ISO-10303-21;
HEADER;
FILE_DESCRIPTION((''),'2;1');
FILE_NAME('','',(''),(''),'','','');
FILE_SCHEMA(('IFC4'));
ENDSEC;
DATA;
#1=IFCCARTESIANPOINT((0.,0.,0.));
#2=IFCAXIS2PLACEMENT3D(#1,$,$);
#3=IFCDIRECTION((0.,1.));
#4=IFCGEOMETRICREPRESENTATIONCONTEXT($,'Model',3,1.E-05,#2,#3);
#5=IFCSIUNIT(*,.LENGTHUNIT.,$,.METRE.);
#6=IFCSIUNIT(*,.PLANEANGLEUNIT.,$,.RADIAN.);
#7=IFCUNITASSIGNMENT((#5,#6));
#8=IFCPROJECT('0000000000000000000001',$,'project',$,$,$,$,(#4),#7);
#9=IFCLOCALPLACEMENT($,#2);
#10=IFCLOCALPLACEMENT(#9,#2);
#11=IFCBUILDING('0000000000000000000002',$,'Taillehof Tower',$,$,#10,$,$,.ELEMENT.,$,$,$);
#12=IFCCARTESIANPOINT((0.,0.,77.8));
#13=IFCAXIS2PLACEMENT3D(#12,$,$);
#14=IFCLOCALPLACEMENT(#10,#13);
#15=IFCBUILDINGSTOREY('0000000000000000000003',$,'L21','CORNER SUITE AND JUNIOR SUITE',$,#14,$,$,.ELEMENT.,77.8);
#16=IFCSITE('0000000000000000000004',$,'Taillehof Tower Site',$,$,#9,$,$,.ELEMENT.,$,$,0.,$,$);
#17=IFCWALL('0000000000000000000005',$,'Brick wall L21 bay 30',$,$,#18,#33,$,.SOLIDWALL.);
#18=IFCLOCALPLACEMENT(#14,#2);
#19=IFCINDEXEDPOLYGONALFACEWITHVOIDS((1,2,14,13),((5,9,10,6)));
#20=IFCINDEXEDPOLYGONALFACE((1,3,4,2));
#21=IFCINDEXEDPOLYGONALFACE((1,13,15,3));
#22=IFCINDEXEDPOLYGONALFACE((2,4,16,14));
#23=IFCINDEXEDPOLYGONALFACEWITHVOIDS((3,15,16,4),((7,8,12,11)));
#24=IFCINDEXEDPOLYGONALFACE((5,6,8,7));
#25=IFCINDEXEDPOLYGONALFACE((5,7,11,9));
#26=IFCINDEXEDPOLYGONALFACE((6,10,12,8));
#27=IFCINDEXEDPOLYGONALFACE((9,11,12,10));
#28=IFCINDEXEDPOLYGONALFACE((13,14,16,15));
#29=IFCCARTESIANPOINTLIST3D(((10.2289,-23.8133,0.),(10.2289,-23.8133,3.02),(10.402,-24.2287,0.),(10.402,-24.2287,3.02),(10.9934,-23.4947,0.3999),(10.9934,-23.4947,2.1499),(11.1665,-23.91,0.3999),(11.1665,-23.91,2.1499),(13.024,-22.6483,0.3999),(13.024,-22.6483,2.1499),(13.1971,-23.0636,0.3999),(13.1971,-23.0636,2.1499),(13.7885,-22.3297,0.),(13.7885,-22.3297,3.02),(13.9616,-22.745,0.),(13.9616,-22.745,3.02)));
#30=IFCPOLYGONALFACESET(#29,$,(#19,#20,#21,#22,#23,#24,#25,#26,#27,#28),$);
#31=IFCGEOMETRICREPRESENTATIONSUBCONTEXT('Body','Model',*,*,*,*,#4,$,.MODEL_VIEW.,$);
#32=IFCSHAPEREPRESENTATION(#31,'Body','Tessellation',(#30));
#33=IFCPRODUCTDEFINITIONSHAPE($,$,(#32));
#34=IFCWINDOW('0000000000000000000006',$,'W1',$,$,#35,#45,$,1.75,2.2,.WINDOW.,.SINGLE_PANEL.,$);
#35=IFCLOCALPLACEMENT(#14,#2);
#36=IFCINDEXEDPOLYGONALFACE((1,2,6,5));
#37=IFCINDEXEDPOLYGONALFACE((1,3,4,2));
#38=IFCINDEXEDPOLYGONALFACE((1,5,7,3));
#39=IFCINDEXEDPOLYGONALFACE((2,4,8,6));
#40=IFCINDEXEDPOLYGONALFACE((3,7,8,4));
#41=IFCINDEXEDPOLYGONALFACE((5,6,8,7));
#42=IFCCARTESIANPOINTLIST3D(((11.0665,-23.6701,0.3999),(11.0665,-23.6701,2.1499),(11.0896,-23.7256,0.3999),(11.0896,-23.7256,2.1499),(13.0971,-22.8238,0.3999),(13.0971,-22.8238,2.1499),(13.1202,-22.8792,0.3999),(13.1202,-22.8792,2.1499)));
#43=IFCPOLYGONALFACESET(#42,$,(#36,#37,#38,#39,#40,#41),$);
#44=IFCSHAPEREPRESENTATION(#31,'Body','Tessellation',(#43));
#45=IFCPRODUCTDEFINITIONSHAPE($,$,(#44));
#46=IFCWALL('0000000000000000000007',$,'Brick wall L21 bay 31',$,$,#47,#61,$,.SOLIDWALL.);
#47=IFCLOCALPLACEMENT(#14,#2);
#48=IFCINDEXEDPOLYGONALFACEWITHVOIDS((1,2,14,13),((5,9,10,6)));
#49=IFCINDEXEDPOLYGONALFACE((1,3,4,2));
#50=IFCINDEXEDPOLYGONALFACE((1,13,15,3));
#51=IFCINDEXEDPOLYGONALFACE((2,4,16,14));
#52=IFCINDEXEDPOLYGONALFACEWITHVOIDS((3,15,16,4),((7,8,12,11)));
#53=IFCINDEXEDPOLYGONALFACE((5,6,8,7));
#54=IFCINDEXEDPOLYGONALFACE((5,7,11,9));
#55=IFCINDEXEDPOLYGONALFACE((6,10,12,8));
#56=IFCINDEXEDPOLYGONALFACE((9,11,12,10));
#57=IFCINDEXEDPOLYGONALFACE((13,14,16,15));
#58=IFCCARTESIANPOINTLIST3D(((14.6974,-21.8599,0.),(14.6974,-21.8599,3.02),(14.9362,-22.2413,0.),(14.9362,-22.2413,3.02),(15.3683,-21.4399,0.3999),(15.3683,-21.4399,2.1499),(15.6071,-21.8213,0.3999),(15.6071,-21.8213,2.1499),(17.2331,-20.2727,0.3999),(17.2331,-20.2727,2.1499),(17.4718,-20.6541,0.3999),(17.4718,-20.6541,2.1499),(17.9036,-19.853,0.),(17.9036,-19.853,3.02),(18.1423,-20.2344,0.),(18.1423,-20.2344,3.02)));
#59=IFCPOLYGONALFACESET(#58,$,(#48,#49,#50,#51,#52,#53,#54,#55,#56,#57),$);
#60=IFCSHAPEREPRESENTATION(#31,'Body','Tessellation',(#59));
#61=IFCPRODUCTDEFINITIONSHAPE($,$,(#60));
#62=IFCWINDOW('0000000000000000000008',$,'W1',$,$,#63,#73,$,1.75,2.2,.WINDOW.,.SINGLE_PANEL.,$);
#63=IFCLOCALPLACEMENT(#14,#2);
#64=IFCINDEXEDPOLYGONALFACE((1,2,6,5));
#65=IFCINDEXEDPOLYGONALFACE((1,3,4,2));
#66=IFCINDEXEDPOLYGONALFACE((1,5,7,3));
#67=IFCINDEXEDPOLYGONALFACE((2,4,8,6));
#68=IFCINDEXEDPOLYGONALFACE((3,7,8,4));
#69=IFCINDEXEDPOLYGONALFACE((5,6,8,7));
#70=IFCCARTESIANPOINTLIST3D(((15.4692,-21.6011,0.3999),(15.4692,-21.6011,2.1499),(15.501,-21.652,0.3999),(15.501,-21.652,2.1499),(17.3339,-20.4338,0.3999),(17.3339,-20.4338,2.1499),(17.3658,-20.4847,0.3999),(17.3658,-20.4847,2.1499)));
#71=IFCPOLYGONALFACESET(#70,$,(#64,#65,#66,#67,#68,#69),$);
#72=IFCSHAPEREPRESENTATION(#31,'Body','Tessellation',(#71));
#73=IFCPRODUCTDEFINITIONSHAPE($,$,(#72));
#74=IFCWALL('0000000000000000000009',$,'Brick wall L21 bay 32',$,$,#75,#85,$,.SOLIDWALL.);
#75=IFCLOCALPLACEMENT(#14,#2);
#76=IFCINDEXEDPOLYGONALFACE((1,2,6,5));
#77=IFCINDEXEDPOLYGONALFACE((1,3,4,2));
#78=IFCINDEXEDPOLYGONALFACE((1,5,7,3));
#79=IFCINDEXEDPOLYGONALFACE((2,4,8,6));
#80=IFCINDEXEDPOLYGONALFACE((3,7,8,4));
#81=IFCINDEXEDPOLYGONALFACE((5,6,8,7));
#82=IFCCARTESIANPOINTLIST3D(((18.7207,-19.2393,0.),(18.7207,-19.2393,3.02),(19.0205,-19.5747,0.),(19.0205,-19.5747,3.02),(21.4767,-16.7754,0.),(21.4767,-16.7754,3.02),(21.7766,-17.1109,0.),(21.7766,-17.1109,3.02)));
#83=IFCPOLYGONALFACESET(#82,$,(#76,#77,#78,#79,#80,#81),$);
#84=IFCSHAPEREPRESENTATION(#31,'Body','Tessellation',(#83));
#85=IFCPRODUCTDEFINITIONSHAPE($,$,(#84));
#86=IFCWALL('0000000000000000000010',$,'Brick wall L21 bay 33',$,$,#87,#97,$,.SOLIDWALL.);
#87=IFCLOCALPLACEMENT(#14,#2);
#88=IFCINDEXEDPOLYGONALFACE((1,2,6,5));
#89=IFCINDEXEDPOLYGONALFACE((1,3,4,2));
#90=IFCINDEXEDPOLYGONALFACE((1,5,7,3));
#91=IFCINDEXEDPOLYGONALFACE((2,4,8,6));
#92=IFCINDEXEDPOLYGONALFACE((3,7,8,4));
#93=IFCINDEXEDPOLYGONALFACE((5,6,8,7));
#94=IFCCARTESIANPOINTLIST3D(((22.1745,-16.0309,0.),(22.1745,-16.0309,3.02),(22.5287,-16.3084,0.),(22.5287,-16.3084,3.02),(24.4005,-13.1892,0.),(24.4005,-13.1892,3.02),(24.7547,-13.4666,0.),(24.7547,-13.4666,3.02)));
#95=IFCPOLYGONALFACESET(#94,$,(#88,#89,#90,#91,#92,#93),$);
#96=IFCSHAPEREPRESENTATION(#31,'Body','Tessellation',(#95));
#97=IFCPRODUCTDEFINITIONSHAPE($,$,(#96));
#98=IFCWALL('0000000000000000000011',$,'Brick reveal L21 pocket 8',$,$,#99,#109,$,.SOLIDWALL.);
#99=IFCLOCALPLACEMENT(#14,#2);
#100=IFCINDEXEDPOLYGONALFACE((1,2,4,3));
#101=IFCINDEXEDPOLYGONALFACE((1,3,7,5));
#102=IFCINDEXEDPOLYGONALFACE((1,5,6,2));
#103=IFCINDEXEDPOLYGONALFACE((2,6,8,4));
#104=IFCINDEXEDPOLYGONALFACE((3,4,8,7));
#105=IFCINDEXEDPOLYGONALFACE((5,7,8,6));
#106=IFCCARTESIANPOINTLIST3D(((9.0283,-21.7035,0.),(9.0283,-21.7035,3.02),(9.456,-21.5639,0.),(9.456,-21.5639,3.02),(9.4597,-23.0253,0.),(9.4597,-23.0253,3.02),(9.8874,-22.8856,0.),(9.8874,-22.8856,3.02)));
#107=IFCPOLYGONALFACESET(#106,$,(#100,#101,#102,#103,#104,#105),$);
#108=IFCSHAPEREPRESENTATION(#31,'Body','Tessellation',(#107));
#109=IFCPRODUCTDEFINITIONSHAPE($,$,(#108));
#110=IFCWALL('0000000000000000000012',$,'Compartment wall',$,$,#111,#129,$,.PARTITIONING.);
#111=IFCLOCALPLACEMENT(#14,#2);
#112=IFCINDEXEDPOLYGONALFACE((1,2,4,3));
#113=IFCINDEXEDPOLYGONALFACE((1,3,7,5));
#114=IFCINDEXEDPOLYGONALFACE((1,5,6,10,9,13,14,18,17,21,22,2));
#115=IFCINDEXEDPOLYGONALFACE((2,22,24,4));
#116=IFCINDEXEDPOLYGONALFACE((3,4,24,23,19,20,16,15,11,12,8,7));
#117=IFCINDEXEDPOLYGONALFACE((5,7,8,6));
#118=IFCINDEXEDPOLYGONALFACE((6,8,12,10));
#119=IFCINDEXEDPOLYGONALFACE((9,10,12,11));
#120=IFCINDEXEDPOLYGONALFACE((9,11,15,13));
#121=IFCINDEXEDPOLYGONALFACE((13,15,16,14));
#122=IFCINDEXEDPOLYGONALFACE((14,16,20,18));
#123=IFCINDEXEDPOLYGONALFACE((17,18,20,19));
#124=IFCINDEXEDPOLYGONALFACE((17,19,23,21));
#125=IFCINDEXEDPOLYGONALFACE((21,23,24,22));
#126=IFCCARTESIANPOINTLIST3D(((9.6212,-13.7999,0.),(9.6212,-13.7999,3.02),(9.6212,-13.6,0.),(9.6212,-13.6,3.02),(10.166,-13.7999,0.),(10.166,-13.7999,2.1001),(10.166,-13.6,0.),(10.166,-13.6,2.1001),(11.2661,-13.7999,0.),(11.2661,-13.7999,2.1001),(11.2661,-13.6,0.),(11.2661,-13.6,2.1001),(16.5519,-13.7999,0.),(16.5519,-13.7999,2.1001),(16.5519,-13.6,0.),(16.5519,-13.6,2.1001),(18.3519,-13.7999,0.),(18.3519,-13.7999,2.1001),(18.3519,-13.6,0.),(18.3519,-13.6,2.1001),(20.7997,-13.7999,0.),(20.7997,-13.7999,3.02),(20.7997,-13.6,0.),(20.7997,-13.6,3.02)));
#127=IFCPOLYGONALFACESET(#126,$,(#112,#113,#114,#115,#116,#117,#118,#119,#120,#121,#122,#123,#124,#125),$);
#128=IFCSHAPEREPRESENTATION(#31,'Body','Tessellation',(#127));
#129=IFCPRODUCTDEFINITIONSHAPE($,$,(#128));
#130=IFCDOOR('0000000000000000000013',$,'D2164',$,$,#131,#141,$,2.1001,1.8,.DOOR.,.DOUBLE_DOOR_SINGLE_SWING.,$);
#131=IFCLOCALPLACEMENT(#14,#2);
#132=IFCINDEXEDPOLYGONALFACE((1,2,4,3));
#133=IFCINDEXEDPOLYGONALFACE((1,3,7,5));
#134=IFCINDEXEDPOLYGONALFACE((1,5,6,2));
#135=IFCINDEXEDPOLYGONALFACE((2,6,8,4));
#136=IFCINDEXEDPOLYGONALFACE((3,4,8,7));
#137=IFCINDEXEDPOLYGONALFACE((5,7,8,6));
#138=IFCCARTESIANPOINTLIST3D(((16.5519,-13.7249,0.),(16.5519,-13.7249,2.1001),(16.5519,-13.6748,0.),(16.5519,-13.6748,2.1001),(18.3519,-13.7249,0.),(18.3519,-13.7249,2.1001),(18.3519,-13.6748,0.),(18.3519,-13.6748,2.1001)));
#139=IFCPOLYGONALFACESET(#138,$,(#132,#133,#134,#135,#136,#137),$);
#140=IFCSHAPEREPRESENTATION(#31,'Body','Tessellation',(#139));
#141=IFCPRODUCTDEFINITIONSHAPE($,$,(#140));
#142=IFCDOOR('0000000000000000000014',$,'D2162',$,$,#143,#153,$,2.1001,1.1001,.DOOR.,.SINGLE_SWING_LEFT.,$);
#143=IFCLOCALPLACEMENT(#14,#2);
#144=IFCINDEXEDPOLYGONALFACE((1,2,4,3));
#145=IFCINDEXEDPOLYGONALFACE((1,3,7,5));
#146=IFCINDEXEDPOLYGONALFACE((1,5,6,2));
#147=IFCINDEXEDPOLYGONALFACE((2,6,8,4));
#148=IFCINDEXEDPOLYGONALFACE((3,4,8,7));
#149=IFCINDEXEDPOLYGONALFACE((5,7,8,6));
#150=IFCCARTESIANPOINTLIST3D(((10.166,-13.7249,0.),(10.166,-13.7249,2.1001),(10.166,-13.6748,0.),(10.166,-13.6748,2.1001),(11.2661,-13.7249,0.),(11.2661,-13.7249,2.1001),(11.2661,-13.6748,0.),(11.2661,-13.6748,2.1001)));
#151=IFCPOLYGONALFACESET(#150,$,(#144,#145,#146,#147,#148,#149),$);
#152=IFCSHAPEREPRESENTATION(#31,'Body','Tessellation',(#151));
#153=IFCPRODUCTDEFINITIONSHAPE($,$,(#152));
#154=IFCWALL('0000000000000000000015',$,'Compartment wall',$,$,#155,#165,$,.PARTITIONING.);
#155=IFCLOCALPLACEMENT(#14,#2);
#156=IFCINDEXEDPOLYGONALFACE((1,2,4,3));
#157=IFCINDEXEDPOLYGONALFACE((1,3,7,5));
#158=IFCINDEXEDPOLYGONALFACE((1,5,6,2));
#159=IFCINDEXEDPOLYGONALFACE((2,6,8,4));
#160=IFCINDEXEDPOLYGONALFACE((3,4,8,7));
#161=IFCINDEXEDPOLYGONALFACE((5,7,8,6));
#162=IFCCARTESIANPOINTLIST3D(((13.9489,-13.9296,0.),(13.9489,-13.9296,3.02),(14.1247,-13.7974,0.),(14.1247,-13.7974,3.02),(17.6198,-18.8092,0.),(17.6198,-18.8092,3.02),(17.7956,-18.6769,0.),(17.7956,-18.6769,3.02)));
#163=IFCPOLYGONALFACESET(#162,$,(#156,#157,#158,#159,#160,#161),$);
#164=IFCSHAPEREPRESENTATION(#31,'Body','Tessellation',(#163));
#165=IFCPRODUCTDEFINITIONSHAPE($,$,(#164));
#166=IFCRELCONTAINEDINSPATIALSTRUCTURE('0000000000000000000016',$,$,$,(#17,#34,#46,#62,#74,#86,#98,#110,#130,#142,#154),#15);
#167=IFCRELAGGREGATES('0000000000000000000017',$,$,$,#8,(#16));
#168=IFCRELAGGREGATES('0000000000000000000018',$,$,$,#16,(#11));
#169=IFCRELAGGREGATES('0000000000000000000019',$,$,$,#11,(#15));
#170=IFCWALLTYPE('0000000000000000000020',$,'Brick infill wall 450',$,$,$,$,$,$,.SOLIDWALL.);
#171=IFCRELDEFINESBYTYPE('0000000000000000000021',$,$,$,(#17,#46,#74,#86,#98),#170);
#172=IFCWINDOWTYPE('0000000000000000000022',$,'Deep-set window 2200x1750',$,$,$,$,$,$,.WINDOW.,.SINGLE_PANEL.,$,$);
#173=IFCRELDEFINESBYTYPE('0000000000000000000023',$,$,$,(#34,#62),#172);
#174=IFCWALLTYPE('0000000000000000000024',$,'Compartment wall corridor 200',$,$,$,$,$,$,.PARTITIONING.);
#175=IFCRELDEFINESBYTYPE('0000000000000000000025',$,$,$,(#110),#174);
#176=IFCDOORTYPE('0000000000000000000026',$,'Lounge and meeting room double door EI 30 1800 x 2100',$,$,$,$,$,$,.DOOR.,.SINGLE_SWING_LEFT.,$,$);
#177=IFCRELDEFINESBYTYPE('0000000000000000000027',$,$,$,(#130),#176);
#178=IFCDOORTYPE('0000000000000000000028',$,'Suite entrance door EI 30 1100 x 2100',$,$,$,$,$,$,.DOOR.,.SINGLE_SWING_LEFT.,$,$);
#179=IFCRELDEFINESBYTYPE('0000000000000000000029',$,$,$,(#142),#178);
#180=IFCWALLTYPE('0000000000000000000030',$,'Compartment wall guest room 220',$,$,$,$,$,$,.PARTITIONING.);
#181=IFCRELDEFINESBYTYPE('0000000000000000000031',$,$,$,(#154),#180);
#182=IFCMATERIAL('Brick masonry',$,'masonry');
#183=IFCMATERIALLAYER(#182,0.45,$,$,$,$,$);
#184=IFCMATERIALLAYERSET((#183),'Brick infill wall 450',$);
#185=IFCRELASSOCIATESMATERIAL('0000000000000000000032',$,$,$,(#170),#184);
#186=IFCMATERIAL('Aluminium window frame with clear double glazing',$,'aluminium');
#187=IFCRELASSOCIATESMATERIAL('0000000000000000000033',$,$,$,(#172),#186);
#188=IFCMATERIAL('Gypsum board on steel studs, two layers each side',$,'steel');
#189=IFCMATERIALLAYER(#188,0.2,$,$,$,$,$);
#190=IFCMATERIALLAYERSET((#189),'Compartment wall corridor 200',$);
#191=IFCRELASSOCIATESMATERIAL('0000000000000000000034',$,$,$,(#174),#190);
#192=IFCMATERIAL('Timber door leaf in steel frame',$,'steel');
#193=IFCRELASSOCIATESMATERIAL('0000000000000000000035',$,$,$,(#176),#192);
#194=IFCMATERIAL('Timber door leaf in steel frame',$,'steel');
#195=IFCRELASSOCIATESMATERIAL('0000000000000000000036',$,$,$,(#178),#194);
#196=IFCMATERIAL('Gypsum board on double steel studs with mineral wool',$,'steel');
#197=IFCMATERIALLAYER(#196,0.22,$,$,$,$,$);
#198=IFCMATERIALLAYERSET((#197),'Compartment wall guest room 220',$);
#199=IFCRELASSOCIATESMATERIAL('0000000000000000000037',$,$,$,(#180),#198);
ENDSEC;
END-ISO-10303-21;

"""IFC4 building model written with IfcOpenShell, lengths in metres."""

from ifc_helpers import new_model, si_unit, direction, frame, frame_2d, origin, place, context, subcontext, project, spatial, rectangle, extrude, material, layer, layer_set, type_object, element, fill, save


model = new_model("IFC4")

# Units and contexts
model_context = context("Model", 3, precision=1e-05, world=origin(), true_north=direction((0.0, 1.0)))
body_context = subcontext(model_context, "Body", "Model", "MODEL_VIEW")
ifc_project = project(units=[si_unit("LENGTHUNIT", "METRE"), si_unit("PLANEANGLEUNIT", "RADIAN")], contexts=[model_context])

# Site, building, storey
site_placement = place(None, origin())
site = spatial("IfcSite", under=ifc_project, at=site_placement, Name="Taillehof Tower Site", CompositionType="ELEMENT", RefElevation=0.0)
building_placement = place(site_placement, origin())
building = spatial("IfcBuilding", under=site, at=building_placement, Name="Taillehof Tower", CompositionType="ELEMENT")
storey_placement = place(building_placement, frame((0.0, 0.0, 77.8)))
storey = spatial("IfcBuildingStorey", under=building, at=storey_placement, Name="L21", Description="CORNER SUITE AND JUNIOR SUITE", CompositionType="ELEMENT", Elevation=77.8)

# Walls, openings, windows
ifc_material_1 = material(Name="Brick masonry", Category="masonry")
ifc_layer_1 = layer(ifc_material_1, 0.45)
ifc_layer_set_1 = layer_set([ifc_layer_1], Name="Brick infill wall 450")
wall_type_1 = type_object("IfcWallType", Name="Brick infill wall 450", PredefinedType="SOLIDWALL", material=ifc_layer_set_1)
wall_1_placement = place(storey_placement, frame((10.3154, -24.021, 0.0), z_axis=(0.0, 0.0, 1.0), x_axis=(0.923032, 0.384723, 0.0)))
wall_1 = element("IfcWall", 1, at=wall_1_placement, inside=storey, type_object=wall_type_1, Name="Brick wall L21 bay 30", PredefinedType="SOLIDWALL", context=body_context, shape_type="SweptSolid", body=[
    extrude(rectangle(XDim=3.8564, YDim=0.45, at=frame_2d((1.9282, 0.0))), origin(), (0.0, 0.0, 1.0), 3.02),
])
opening_1_placement = place(wall_1_placement, frame((0.8281, 0.0, 0.3999)))
opening_1 = element("IfcOpeningElement", 2, at=opening_1_placement, cuts=wall_1, PredefinedType="OPENING", context=body_context, shape_type="SweptSolid", body=[
    extrude(rectangle(XDim=2.2, YDim=1.75, at=frame_2d((1.1001, 0.875))), frame((0.0, 0.2349, 0.0), z_axis=(0.0, -1.0, 0.0), x_axis=(1.0, 0.0, 0.0)), (0.0, 0.0, 1.0), 0.47),
])
ifc_material_2 = material(Name="Aluminium window frame with clear double glazing", Category="aluminium")
window_type = type_object("IfcWindowType", Name="Deep-set window 2200x1750", PartitioningType="SINGLE_PANEL", PredefinedType="WINDOW", material=ifc_material_2)
window_1_placement = place(opening_1_placement, origin())
window_1 = element("IfcWindow", 3, at=window_1_placement, inside=storey, type_object=window_type, Name="W1", OverallHeight=1.75, OverallWidth=2.2, PartitioningType="SINGLE_PANEL", PredefinedType="WINDOW", context=body_context, shape_type="SweptSolid", body=[
    extrude(rectangle(XDim=2.2, YDim=1.75, at=frame_2d((1.1001, 0.875))), frame((0.0, 0.0349, 0.0), z_axis=(0.0, -1.0, 0.0), x_axis=(1.0, 0.0, 0.0)), (0.0, 0.0, 1.0), 0.0601),
])
fill(opening_1, window_1)
wall_2_placement = place(storey_placement, frame((14.8169, -22.0505, 0.0), z_axis=(0.0, 0.0, 1.0), x_axis=(0.847635, 0.530579, 0.0)))
wall_2 = element("IfcWall", 4, at=wall_2_placement, inside=storey, type_object=wall_type_1, Name="Brick wall L21 bay 31", PredefinedType="SOLIDWALL", context=body_context, shape_type="SweptSolid", body=[
    extrude(rectangle(XDim=3.7825, YDim=0.45, at=frame_2d((1.8911, 0.0))), origin(), (0.0, 0.0, 1.0), 3.02),
])
opening_2_placement = place(wall_2_placement, frame((0.7913, 0.0, 0.3999)))
opening_2 = element("IfcOpeningElement", 5, at=opening_2_placement, cuts=wall_2, PredefinedType="OPENING", context=body_context, shape_type="SweptSolid", body=[
    extrude(rectangle(XDim=2.2, YDim=1.75, at=frame_2d((1.1001, 0.875))), frame((0.0, 0.2349, 0.0), z_axis=(0.0, -1.0, 0.0), x_axis=(1.0, 0.0, 0.0)), (0.0, 0.0, 1.0), 0.47),
])
window_2_placement = place(opening_2_placement, origin())
window_2 = element("IfcWindow", 6, at=window_2_placement, inside=storey, type_object=window_type, Name="W1", OverallHeight=1.75, OverallWidth=2.2, PartitioningType="SINGLE_PANEL", PredefinedType="WINDOW", context=body_context, shape_type="SweptSolid", body=[
    extrude(rectangle(XDim=2.2, YDim=1.75, at=frame_2d((1.1001, 0.875))), frame((0.0, 0.0349, 0.0), z_axis=(0.0, -1.0, 0.0), x_axis=(1.0, 0.0, 0.0)), (0.0, 0.0, 1.0), 0.0601),
])
fill(opening_2, window_2)

# Walls
wall_3_placement = place(storey_placement, frame((18.8706, -19.407, 0.0), z_axis=(0.0, 0.0, 1.0), x_axis=(0.745526, 0.666476, 0.0)))
element("IfcWall", 7, at=wall_3_placement, inside=storey, type_object=wall_type_1, Name="Brick wall L21 bay 32", PredefinedType="SOLIDWALL", context=body_context, shape_type="SweptSolid", body=[
    extrude(rectangle(XDim=3.6968, YDim=0.45, at=frame_2d((1.8484, 0.0))), origin(), (0.0, 0.0, 1.0), 3.02),
])
wall_4_placement = place(storey_placement, frame((22.3516, -16.1697, 0.0), z_axis=(0.0, 0.0, 1.0), x_axis=(0.616662, 0.787228, 0.0)))
element("IfcWall", 8, at=wall_4_placement, inside=storey, type_object=wall_type_1, Name="Brick wall L21 bay 33", PredefinedType="SOLIDWALL", context=body_context, shape_type="SweptSolid", body=[
    extrude(rectangle(XDim=3.6099, YDim=0.45, at=frame_2d((1.8049, 0.0))), origin(), (0.0, 0.0, 1.0), 3.02),
])
wall_5_placement = place(storey_placement, frame((9.6736, -22.9556, 0.0), z_axis=(0.0, 0.0, 1.0), x_axis=(-0.310269, 0.950649, 0.0)))
element("IfcWall", 9, at=wall_5_placement, inside=storey, type_object=wall_type_1, Name="Brick reveal L21 pocket 8", PredefinedType="SOLIDWALL", context=body_context, shape_type="SweptSolid", body=[
    extrude(rectangle(XDim=1.3904, YDim=0.45, at=frame_2d((0.6953, 0.0))), origin(), (0.0, 0.0, 1.0), 3.02),
])

# Wall, openings, doors
ifc_material_3 = material(Name="Gypsum board on steel studs, two layers each side", Category="steel")
ifc_layer_2 = layer(ifc_material_3, 0.2)
ifc_layer_set_2 = layer_set([ifc_layer_2], Name="Compartment wall corridor 200")
wall_type_2 = type_object("IfcWallType", Name="Compartment wall corridor 200", PredefinedType="PARTITIONING", material=ifc_layer_set_2)
wall_6_placement = place(storey_placement, frame((20.7998, -13.7, 0.0), z_axis=(0.0, 0.0, 1.0), x_axis=(-1.0, 0.0, 0.0)))
wall_6 = element("IfcWall", 10, at=wall_6_placement, inside=storey, type_object=wall_type_2, Name="Compartment wall", PredefinedType="PARTITIONING", context=body_context, shape_type="SweptSolid", body=[
    extrude(rectangle(XDim=11.1785, YDim=0.2, at=frame_2d((5.5894, 0.0))), origin(), (0.0, 0.0, 1.0), 3.02),
])
opening_3_placement = place(wall_6_placement, frame((9.5337, 0.0, 0.0)))
opening_3 = element("IfcOpeningElement", 11, at=opening_3_placement, cuts=wall_6, PredefinedType="OPENING", context=body_context, shape_type="SweptSolid", body=[
    extrude(rectangle(XDim=1.1001, YDim=2.1001, at=frame_2d((0.55, 1.05))), frame((0.0, 0.1099, 0.0), z_axis=(0.0, -1.0, 0.0), x_axis=(1.0, 0.0, 0.0)), (0.0, 0.0, 1.0), 0.22),
])
opening_4_placement = place(wall_6_placement, frame((2.448, 0.0, 0.0)))
opening_4 = element("IfcOpeningElement", 12, at=opening_4_placement, cuts=wall_6, PredefinedType="OPENING", context=body_context, shape_type="SweptSolid", body=[
    extrude(rectangle(XDim=1.8, YDim=2.1001, at=frame_2d((0.8999, 1.05))), frame((0.0, 0.1099, 0.0), z_axis=(0.0, -1.0, 0.0), x_axis=(1.0, 0.0, 0.0)), (0.0, 0.0, 1.0), 0.22),
])
ifc_material_4 = material(Name="Timber door leaf in steel frame", Category="steel")
door_type_1 = type_object("IfcDoorType", Name="Lounge and meeting room double door EI 30 1800 x 2100", OperationType="SINGLE_SWING_LEFT", PredefinedType="DOOR", material=ifc_material_4)
door_1_placement = place(opening_4_placement, origin())
door_1 = element("IfcDoor", 13, at=door_1_placement, inside=storey, type_object=door_type_1, Name="D2164", OperationType="DOUBLE_DOOR_SINGLE_SWING", OverallHeight=2.1001, OverallWidth=1.8, PredefinedType="DOOR", context=body_context, shape_type="SweptSolid", body=[
    extrude(rectangle(XDim=1.8, YDim=2.1001, at=frame_2d((0.8999, 1.05))), frame((0.0, 0.0249, 0.0), z_axis=(0.0, -1.0, 0.0), x_axis=(1.0, 0.0, 0.0)), (0.0, 0.0, 1.0), 0.05),
])
fill(opening_4, door_1)
ifc_material_5 = material(Name="Timber door leaf in steel frame", Category="steel")
door_type_2 = type_object("IfcDoorType", Name="Suite entrance door EI 30 1100 x 2100", OperationType="SINGLE_SWING_LEFT", PredefinedType="DOOR", material=ifc_material_5)
door_2_placement = place(opening_3_placement, origin())
door_2 = element("IfcDoor", 14, at=door_2_placement, inside=storey, type_object=door_type_2, Name="D2162", OperationType="SINGLE_SWING_LEFT", OverallHeight=2.1001, OverallWidth=1.1001, PredefinedType="DOOR", context=body_context, shape_type="SweptSolid", body=[
    extrude(rectangle(XDim=1.1001, YDim=2.1001, at=frame_2d((0.55, 1.05))), frame((0.0, 0.0249, 0.0), z_axis=(0.0, -1.0, 0.0), x_axis=(1.0, 0.0, 0.0)), (0.0, 0.0, 1.0), 0.05),
])
fill(opening_3, door_2)

# Wall
ifc_material_6 = material(Name="Gypsum board on double steel studs with mineral wool", Category="steel")
ifc_layer_3 = layer(ifc_material_6, 0.22)
ifc_layer_set_3 = layer_set([ifc_layer_3], Name="Compartment wall guest room 220")
wall_type_3 = type_object("IfcWallType", Name="Compartment wall guest room 220", PredefinedType="PARTITIONING", material=ifc_layer_set_3)
wall_7_placement = place(storey_placement, frame((17.7078, -18.7432, 0.0), z_axis=(0.0, 0.0, 1.0), x_axis=(-0.60117, 0.799121, 0.0)))
element("IfcWall", 15, at=wall_7_placement, inside=storey, type_object=wall_type_3, Name="Compartment wall", PredefinedType="PARTITIONING", context=body_context, shape_type="SweptSolid", body=[
    extrude(rectangle(XDim=6.1062, YDim=0.22, at=frame_2d((3.0532, 0.0))), origin(), (0.0, 0.0, 1.0), 3.02),
])

save(model, "model.ifc")
